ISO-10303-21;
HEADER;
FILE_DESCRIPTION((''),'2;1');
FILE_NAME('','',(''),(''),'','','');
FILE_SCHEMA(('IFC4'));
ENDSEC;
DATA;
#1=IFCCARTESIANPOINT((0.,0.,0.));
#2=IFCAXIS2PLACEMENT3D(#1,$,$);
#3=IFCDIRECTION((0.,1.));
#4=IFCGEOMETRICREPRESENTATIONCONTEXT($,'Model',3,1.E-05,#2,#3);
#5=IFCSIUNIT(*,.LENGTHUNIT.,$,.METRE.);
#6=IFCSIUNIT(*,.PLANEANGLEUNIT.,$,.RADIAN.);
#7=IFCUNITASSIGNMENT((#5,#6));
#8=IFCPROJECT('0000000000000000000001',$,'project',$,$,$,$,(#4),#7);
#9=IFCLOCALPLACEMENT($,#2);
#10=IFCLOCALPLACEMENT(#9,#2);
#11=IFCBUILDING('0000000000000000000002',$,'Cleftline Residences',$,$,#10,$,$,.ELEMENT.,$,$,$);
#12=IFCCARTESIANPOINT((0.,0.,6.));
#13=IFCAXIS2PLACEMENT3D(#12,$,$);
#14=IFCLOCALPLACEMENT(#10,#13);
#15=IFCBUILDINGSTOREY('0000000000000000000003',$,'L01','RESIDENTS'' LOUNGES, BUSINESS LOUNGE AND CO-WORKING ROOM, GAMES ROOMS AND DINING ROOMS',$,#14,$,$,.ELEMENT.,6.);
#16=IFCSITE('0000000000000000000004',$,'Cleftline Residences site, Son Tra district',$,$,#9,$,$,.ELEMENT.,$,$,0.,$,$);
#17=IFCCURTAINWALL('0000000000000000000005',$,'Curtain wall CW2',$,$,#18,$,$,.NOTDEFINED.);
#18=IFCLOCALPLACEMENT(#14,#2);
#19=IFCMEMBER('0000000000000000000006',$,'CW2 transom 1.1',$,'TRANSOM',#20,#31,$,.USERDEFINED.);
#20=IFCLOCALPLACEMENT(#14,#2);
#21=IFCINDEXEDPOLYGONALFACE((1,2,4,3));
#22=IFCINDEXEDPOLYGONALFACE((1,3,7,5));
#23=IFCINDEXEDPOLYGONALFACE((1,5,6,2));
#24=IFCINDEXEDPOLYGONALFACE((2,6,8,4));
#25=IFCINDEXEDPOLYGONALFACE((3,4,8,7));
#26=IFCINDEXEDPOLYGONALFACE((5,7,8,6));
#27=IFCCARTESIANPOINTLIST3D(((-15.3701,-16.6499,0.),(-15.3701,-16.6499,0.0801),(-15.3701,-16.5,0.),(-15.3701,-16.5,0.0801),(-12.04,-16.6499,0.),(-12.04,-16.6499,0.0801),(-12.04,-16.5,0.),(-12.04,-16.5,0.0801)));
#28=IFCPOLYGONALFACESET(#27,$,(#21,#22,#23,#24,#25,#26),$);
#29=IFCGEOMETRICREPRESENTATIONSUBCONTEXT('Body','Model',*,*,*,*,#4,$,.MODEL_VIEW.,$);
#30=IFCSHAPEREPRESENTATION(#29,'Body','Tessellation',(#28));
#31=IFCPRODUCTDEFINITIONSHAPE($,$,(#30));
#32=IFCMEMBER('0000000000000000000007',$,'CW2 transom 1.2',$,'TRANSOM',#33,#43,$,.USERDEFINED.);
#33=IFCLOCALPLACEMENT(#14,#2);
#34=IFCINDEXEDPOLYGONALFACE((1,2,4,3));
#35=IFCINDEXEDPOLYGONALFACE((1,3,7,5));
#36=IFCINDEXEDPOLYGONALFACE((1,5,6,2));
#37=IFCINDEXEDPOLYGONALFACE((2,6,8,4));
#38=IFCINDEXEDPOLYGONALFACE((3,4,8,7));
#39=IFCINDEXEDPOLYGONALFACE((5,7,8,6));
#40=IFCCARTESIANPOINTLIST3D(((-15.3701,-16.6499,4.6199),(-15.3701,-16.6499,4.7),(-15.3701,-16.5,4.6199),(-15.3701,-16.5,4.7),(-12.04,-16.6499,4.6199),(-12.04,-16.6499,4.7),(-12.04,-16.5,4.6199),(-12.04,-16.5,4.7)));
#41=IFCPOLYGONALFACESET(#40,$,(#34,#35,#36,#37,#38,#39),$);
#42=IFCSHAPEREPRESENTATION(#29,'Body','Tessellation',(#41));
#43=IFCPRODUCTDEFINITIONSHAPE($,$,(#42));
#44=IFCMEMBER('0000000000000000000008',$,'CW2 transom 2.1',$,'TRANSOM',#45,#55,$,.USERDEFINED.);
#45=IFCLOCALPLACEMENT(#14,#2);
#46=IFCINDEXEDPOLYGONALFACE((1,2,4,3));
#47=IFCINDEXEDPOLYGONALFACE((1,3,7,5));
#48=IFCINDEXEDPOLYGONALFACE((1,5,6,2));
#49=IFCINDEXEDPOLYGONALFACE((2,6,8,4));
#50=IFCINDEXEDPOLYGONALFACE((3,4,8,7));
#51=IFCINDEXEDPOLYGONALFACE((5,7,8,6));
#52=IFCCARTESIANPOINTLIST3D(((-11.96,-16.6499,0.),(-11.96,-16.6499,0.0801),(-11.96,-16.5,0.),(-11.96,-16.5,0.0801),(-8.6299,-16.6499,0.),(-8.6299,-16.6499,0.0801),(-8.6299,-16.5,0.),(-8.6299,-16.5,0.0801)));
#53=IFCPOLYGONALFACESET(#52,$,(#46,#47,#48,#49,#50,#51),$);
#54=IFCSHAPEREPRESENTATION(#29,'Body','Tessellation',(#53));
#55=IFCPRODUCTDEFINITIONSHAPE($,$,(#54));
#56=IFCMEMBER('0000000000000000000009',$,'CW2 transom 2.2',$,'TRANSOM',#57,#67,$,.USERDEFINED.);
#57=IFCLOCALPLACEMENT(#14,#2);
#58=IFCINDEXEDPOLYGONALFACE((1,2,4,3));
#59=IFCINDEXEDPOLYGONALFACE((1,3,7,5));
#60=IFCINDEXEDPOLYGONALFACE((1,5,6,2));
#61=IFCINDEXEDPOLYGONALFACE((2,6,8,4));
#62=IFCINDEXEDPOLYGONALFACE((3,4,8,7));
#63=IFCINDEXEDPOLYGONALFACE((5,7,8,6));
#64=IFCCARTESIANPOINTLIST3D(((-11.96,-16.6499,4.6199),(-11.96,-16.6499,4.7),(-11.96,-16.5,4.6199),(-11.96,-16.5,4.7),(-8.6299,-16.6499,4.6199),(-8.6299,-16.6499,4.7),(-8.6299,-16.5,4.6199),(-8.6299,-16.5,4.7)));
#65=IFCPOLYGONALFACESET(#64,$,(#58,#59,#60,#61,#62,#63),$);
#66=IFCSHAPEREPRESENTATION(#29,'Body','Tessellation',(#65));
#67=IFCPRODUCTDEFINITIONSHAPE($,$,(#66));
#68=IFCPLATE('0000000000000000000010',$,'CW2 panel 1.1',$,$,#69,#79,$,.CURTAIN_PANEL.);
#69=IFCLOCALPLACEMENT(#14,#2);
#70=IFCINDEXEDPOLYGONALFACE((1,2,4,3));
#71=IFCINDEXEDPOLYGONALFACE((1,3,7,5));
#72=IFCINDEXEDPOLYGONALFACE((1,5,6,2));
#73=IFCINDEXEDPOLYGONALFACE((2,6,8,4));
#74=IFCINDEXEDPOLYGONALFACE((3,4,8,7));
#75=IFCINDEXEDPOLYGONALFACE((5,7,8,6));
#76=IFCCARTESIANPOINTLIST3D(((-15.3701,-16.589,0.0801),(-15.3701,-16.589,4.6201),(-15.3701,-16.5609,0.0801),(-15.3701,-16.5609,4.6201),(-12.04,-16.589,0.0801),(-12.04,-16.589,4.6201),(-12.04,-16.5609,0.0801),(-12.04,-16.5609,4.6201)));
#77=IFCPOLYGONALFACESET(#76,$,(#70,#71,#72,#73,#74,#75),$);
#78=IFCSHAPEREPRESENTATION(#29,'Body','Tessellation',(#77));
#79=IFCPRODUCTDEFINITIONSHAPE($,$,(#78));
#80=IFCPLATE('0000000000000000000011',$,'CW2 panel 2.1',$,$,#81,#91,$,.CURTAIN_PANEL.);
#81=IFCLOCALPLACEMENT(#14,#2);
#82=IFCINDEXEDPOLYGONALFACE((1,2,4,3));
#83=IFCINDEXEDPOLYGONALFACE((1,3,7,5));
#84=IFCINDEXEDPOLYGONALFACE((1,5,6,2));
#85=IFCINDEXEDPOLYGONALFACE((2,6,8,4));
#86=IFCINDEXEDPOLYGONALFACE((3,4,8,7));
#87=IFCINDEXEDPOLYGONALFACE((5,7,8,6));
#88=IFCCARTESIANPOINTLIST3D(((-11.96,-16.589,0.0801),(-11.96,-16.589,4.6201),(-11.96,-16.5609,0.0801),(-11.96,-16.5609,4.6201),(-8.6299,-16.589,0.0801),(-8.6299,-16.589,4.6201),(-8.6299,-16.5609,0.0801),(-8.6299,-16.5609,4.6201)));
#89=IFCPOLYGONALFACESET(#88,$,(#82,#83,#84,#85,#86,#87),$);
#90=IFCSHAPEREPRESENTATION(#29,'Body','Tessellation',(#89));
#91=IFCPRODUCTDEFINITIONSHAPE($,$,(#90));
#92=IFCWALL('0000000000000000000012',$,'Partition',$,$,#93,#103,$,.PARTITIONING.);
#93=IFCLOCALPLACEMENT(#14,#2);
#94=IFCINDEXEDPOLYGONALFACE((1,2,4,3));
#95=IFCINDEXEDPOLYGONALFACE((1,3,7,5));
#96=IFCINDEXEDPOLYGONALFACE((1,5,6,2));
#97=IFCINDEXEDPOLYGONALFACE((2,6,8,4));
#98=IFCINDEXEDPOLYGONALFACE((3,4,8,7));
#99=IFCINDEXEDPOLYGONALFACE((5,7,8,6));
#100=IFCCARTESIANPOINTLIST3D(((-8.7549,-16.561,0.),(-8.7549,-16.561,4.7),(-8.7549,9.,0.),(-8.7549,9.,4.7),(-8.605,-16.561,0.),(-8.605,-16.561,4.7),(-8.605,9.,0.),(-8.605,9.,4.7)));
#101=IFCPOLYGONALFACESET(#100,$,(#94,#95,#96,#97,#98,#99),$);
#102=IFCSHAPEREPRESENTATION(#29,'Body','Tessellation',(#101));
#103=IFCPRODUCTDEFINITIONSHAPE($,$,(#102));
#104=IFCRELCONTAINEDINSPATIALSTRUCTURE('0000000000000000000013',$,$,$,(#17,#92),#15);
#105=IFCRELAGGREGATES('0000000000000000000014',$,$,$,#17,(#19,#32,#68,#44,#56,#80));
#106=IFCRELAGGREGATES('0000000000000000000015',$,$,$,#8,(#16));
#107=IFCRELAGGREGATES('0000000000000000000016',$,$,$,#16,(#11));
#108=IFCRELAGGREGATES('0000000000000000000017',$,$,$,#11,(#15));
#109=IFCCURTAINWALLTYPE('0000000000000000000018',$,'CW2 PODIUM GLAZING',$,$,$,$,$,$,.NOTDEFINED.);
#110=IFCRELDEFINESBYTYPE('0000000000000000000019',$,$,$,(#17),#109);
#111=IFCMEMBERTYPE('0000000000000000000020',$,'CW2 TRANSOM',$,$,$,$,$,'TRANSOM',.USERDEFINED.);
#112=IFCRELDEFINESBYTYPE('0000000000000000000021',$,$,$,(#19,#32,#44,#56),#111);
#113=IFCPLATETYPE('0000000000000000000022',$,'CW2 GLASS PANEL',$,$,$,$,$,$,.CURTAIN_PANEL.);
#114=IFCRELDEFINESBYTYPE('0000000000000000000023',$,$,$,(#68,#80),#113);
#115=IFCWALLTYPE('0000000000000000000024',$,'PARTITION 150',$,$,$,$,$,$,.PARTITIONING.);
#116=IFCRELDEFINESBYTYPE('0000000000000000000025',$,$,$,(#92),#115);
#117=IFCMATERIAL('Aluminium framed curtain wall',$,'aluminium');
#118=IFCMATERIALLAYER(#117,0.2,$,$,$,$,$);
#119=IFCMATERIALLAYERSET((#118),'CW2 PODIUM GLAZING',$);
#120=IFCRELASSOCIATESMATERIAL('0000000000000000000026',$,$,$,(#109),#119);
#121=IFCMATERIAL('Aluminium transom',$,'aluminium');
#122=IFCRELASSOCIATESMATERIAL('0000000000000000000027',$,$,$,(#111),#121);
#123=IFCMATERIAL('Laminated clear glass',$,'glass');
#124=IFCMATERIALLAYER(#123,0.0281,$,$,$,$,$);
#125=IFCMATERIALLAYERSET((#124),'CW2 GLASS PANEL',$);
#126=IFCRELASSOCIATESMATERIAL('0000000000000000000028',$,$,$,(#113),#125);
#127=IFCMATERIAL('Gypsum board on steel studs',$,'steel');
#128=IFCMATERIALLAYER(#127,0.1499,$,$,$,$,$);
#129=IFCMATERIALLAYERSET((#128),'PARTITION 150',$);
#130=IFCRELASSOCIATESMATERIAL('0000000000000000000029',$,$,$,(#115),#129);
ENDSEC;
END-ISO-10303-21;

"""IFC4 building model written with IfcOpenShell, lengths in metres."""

from ifc_helpers import new_model, si_unit, direction, frame, frame_2d, origin, origin_2d, place, context, subcontext, project, spatial, rectangle, extrude, material, layer, layer_set, material_profile, profile_set, type_object, element, aggregate, save


model = new_model("IFC4")

# Units and contexts
model_context = context("Model", 3, precision=1e-05, world=origin(), true_north=direction((0.0, 1.0)))
body_context = subcontext(model_context, "Body", "Model", "MODEL_VIEW")
ifc_project = project(units=[si_unit("LENGTHUNIT", "METRE"), si_unit("PLANEANGLEUNIT", "RADIAN")], contexts=[model_context])

# Site, building, storey
site_placement = place(None, origin())
site = spatial("IfcSite", under=ifc_project, at=site_placement, Name="Cleftline Residences site, Son Tra district", CompositionType="ELEMENT", RefElevation=0.0)
building_placement = place(site_placement, origin())
building = spatial("IfcBuilding", under=site, at=building_placement, Name="Cleftline Residences", CompositionType="ELEMENT")
storey_placement = place(building_placement, frame((0.0, 0.0, 6.0)))
storey = spatial("IfcBuildingStorey", under=building, at=storey_placement, Name="L01", Description="RESIDENTS' LOUNGES, BUSINESS LOUNGE AND CO-WORKING ROOM, GAMES ROOMS AND DINING ROOMS", CompositionType="ELEMENT", Elevation=6.0)

# Curtain wall, members, plates
ifc_material_1 = material(Name="Aluminium framed curtain wall", Category="aluminium")
ifc_layer_1 = layer(ifc_material_1, 0.2)
ifc_layer_set_1 = layer_set([ifc_layer_1], Name="CW2 PODIUM GLAZING")
curtain_wall_type = type_object("IfcCurtainWallType", Name="CW2 PODIUM GLAZING", PredefinedType="NOTDEFINED", material=ifc_layer_set_1)
curtain_wall_placement = place(storey_placement, origin())
curtain_wall = element("IfcCurtainWall", 1, at=curtain_wall_placement, inside=storey, type_object=curtain_wall_type, Name="Curtain wall CW2", PredefinedType="NOTDEFINED")
ifc_material_2 = material(Name="Aluminium transom", Category="aluminium")
ifc_material_profile_1 = material_profile(ifc_material_2, rectangle(XDim=0.1499, YDim=0.0801, at=origin_2d()))
ifc_profile_set_1 = profile_set([ifc_material_profile_1], Name="Aluminium transom")
member_type_1 = type_object("IfcMemberType", Name="CW2 TRANSOM", ElementType="TRANSOM", PredefinedType="USERDEFINED", material=ifc_profile_set_1)
member_1_placement = place(storey_placement, frame((-15.3701, -16.575, 0.04), z_axis=(1.0, 0.0, 0.0), x_axis=(0.0, 1.0, 0.0)))
member_1 = element("IfcMember", 2, at=member_1_placement, type_object=member_type_1, Name="CW2 transom 1.1", ObjectType="TRANSOM", PredefinedType="USERDEFINED", context=body_context, shape_type="SweptSolid", body=[
    extrude(rectangle(XDim=0.1499, YDim=0.0801, at=origin_2d()), origin(), (0.0, 0.0, 1.0), 3.3301),
])
member_2_placement = place(storey_placement, frame((-15.3701, -16.575, 4.6599), z_axis=(1.0, 0.0, 0.0), x_axis=(0.0, 1.0, 0.0)))
member_2 = element("IfcMember", 3, at=member_2_placement, type_object=member_type_1, Name="CW2 transom 1.2", ObjectType="TRANSOM", PredefinedType="USERDEFINED", context=body_context, shape_type="SweptSolid", body=[
    extrude(rectangle(XDim=0.1499, YDim=0.0801, at=origin_2d()), origin(), (0.0, 0.0, 1.0), 3.3301),
])
member_3_placement = place(storey_placement, frame((-11.96, -16.575, 0.04), z_axis=(1.0, 0.0, 0.0), x_axis=(0.0, 1.0, 0.0)))
member_3 = element("IfcMember", 4, at=member_3_placement, type_object=member_type_1, Name="CW2 transom 2.1", ObjectType="TRANSOM", PredefinedType="USERDEFINED", context=body_context, shape_type="SweptSolid", body=[
    extrude(rectangle(XDim=0.1499, YDim=0.0801, at=origin_2d()), origin(), (0.0, 0.0, 1.0), 3.3301),
])
member_4_placement = place(storey_placement, frame((-11.96, -16.575, 4.6599), z_axis=(1.0, 0.0, 0.0), x_axis=(0.0, 1.0, 0.0)))
member_4 = element("IfcMember", 5, at=member_4_placement, type_object=member_type_1, Name="CW2 transom 2.2", ObjectType="TRANSOM", PredefinedType="USERDEFINED", context=body_context, shape_type="SweptSolid", body=[
    extrude(rectangle(XDim=0.1499, YDim=0.0801, at=origin_2d()), origin(), (0.0, 0.0, 1.0), 3.3301),
])
ifc_material_3 = material(Name="Laminated clear glass", Category="glass")
ifc_layer_2 = layer(ifc_material_3, 0.0281)
ifc_layer_set_2 = layer_set([ifc_layer_2], Name="CW2 GLASS PANEL")
plate_type = type_object("IfcPlateType", Name="CW2 GLASS PANEL", PredefinedType="CURTAIN_PANEL", material=ifc_layer_set_2)
plate_1_placement = place(storey_placement, frame((-13.7051, -16.575, 0.0801), z_axis=(0.0, 0.0, 1.0), x_axis=(1.0, 0.0, 0.0)))
plate_1 = element("IfcPlate", 6, at=plate_1_placement, type_object=plate_type, Name="CW2 panel 1.1", PredefinedType="CURTAIN_PANEL", context=body_context, shape_type="SweptSolid", body=[
    extrude(rectangle(XDim=3.3301, YDim=0.0281, at=origin_2d()), origin(), (0.0, 0.0, 1.0), 4.54),
])
plate_2_placement = place(storey_placement, frame((-10.2949, -16.575, 0.0801), z_axis=(0.0, 0.0, 1.0), x_axis=(1.0, 0.0, 0.0)))
plate_2 = element("IfcPlate", 7, at=plate_2_placement, type_object=plate_type, Name="CW2 panel 2.1", PredefinedType="CURTAIN_PANEL", context=body_context, shape_type="SweptSolid", body=[
    extrude(rectangle(XDim=3.3301, YDim=0.0281, at=origin_2d()), origin(), (0.0, 0.0, 1.0), 4.54),
])
aggregate(curtain_wall, [member_1, member_2, plate_1, member_3, member_4, plate_2])

# Wall
ifc_material_4 = material(Name="Gypsum board on steel studs", Category="steel")
ifc_layer_3 = layer(ifc_material_4, 0.1499)
ifc_layer_set_3 = layer_set([ifc_layer_3], Name="PARTITION 150")
wall_type = type_object("IfcWallType", Name="PARTITION 150", PredefinedType="PARTITIONING", material=ifc_layer_set_3)
wall_placement = place(storey_placement, frame((-8.6799, -16.561, 0.0), z_axis=(0.0, 0.0, 1.0), x_axis=(0.0, 1.0, 0.0)))
element("IfcWall", 8, at=wall_placement, inside=storey, type_object=wall_type, Name="Partition", PredefinedType="PARTITIONING", context=body_context, shape_type="SweptSolid", body=[
    extrude(rectangle(XDim=25.561, YDim=0.1499, at=frame_2d((12.7805, 0.0))), origin(), (0.0, 0.0, 1.0), 4.7),
])

save(model, "model.ifc")
